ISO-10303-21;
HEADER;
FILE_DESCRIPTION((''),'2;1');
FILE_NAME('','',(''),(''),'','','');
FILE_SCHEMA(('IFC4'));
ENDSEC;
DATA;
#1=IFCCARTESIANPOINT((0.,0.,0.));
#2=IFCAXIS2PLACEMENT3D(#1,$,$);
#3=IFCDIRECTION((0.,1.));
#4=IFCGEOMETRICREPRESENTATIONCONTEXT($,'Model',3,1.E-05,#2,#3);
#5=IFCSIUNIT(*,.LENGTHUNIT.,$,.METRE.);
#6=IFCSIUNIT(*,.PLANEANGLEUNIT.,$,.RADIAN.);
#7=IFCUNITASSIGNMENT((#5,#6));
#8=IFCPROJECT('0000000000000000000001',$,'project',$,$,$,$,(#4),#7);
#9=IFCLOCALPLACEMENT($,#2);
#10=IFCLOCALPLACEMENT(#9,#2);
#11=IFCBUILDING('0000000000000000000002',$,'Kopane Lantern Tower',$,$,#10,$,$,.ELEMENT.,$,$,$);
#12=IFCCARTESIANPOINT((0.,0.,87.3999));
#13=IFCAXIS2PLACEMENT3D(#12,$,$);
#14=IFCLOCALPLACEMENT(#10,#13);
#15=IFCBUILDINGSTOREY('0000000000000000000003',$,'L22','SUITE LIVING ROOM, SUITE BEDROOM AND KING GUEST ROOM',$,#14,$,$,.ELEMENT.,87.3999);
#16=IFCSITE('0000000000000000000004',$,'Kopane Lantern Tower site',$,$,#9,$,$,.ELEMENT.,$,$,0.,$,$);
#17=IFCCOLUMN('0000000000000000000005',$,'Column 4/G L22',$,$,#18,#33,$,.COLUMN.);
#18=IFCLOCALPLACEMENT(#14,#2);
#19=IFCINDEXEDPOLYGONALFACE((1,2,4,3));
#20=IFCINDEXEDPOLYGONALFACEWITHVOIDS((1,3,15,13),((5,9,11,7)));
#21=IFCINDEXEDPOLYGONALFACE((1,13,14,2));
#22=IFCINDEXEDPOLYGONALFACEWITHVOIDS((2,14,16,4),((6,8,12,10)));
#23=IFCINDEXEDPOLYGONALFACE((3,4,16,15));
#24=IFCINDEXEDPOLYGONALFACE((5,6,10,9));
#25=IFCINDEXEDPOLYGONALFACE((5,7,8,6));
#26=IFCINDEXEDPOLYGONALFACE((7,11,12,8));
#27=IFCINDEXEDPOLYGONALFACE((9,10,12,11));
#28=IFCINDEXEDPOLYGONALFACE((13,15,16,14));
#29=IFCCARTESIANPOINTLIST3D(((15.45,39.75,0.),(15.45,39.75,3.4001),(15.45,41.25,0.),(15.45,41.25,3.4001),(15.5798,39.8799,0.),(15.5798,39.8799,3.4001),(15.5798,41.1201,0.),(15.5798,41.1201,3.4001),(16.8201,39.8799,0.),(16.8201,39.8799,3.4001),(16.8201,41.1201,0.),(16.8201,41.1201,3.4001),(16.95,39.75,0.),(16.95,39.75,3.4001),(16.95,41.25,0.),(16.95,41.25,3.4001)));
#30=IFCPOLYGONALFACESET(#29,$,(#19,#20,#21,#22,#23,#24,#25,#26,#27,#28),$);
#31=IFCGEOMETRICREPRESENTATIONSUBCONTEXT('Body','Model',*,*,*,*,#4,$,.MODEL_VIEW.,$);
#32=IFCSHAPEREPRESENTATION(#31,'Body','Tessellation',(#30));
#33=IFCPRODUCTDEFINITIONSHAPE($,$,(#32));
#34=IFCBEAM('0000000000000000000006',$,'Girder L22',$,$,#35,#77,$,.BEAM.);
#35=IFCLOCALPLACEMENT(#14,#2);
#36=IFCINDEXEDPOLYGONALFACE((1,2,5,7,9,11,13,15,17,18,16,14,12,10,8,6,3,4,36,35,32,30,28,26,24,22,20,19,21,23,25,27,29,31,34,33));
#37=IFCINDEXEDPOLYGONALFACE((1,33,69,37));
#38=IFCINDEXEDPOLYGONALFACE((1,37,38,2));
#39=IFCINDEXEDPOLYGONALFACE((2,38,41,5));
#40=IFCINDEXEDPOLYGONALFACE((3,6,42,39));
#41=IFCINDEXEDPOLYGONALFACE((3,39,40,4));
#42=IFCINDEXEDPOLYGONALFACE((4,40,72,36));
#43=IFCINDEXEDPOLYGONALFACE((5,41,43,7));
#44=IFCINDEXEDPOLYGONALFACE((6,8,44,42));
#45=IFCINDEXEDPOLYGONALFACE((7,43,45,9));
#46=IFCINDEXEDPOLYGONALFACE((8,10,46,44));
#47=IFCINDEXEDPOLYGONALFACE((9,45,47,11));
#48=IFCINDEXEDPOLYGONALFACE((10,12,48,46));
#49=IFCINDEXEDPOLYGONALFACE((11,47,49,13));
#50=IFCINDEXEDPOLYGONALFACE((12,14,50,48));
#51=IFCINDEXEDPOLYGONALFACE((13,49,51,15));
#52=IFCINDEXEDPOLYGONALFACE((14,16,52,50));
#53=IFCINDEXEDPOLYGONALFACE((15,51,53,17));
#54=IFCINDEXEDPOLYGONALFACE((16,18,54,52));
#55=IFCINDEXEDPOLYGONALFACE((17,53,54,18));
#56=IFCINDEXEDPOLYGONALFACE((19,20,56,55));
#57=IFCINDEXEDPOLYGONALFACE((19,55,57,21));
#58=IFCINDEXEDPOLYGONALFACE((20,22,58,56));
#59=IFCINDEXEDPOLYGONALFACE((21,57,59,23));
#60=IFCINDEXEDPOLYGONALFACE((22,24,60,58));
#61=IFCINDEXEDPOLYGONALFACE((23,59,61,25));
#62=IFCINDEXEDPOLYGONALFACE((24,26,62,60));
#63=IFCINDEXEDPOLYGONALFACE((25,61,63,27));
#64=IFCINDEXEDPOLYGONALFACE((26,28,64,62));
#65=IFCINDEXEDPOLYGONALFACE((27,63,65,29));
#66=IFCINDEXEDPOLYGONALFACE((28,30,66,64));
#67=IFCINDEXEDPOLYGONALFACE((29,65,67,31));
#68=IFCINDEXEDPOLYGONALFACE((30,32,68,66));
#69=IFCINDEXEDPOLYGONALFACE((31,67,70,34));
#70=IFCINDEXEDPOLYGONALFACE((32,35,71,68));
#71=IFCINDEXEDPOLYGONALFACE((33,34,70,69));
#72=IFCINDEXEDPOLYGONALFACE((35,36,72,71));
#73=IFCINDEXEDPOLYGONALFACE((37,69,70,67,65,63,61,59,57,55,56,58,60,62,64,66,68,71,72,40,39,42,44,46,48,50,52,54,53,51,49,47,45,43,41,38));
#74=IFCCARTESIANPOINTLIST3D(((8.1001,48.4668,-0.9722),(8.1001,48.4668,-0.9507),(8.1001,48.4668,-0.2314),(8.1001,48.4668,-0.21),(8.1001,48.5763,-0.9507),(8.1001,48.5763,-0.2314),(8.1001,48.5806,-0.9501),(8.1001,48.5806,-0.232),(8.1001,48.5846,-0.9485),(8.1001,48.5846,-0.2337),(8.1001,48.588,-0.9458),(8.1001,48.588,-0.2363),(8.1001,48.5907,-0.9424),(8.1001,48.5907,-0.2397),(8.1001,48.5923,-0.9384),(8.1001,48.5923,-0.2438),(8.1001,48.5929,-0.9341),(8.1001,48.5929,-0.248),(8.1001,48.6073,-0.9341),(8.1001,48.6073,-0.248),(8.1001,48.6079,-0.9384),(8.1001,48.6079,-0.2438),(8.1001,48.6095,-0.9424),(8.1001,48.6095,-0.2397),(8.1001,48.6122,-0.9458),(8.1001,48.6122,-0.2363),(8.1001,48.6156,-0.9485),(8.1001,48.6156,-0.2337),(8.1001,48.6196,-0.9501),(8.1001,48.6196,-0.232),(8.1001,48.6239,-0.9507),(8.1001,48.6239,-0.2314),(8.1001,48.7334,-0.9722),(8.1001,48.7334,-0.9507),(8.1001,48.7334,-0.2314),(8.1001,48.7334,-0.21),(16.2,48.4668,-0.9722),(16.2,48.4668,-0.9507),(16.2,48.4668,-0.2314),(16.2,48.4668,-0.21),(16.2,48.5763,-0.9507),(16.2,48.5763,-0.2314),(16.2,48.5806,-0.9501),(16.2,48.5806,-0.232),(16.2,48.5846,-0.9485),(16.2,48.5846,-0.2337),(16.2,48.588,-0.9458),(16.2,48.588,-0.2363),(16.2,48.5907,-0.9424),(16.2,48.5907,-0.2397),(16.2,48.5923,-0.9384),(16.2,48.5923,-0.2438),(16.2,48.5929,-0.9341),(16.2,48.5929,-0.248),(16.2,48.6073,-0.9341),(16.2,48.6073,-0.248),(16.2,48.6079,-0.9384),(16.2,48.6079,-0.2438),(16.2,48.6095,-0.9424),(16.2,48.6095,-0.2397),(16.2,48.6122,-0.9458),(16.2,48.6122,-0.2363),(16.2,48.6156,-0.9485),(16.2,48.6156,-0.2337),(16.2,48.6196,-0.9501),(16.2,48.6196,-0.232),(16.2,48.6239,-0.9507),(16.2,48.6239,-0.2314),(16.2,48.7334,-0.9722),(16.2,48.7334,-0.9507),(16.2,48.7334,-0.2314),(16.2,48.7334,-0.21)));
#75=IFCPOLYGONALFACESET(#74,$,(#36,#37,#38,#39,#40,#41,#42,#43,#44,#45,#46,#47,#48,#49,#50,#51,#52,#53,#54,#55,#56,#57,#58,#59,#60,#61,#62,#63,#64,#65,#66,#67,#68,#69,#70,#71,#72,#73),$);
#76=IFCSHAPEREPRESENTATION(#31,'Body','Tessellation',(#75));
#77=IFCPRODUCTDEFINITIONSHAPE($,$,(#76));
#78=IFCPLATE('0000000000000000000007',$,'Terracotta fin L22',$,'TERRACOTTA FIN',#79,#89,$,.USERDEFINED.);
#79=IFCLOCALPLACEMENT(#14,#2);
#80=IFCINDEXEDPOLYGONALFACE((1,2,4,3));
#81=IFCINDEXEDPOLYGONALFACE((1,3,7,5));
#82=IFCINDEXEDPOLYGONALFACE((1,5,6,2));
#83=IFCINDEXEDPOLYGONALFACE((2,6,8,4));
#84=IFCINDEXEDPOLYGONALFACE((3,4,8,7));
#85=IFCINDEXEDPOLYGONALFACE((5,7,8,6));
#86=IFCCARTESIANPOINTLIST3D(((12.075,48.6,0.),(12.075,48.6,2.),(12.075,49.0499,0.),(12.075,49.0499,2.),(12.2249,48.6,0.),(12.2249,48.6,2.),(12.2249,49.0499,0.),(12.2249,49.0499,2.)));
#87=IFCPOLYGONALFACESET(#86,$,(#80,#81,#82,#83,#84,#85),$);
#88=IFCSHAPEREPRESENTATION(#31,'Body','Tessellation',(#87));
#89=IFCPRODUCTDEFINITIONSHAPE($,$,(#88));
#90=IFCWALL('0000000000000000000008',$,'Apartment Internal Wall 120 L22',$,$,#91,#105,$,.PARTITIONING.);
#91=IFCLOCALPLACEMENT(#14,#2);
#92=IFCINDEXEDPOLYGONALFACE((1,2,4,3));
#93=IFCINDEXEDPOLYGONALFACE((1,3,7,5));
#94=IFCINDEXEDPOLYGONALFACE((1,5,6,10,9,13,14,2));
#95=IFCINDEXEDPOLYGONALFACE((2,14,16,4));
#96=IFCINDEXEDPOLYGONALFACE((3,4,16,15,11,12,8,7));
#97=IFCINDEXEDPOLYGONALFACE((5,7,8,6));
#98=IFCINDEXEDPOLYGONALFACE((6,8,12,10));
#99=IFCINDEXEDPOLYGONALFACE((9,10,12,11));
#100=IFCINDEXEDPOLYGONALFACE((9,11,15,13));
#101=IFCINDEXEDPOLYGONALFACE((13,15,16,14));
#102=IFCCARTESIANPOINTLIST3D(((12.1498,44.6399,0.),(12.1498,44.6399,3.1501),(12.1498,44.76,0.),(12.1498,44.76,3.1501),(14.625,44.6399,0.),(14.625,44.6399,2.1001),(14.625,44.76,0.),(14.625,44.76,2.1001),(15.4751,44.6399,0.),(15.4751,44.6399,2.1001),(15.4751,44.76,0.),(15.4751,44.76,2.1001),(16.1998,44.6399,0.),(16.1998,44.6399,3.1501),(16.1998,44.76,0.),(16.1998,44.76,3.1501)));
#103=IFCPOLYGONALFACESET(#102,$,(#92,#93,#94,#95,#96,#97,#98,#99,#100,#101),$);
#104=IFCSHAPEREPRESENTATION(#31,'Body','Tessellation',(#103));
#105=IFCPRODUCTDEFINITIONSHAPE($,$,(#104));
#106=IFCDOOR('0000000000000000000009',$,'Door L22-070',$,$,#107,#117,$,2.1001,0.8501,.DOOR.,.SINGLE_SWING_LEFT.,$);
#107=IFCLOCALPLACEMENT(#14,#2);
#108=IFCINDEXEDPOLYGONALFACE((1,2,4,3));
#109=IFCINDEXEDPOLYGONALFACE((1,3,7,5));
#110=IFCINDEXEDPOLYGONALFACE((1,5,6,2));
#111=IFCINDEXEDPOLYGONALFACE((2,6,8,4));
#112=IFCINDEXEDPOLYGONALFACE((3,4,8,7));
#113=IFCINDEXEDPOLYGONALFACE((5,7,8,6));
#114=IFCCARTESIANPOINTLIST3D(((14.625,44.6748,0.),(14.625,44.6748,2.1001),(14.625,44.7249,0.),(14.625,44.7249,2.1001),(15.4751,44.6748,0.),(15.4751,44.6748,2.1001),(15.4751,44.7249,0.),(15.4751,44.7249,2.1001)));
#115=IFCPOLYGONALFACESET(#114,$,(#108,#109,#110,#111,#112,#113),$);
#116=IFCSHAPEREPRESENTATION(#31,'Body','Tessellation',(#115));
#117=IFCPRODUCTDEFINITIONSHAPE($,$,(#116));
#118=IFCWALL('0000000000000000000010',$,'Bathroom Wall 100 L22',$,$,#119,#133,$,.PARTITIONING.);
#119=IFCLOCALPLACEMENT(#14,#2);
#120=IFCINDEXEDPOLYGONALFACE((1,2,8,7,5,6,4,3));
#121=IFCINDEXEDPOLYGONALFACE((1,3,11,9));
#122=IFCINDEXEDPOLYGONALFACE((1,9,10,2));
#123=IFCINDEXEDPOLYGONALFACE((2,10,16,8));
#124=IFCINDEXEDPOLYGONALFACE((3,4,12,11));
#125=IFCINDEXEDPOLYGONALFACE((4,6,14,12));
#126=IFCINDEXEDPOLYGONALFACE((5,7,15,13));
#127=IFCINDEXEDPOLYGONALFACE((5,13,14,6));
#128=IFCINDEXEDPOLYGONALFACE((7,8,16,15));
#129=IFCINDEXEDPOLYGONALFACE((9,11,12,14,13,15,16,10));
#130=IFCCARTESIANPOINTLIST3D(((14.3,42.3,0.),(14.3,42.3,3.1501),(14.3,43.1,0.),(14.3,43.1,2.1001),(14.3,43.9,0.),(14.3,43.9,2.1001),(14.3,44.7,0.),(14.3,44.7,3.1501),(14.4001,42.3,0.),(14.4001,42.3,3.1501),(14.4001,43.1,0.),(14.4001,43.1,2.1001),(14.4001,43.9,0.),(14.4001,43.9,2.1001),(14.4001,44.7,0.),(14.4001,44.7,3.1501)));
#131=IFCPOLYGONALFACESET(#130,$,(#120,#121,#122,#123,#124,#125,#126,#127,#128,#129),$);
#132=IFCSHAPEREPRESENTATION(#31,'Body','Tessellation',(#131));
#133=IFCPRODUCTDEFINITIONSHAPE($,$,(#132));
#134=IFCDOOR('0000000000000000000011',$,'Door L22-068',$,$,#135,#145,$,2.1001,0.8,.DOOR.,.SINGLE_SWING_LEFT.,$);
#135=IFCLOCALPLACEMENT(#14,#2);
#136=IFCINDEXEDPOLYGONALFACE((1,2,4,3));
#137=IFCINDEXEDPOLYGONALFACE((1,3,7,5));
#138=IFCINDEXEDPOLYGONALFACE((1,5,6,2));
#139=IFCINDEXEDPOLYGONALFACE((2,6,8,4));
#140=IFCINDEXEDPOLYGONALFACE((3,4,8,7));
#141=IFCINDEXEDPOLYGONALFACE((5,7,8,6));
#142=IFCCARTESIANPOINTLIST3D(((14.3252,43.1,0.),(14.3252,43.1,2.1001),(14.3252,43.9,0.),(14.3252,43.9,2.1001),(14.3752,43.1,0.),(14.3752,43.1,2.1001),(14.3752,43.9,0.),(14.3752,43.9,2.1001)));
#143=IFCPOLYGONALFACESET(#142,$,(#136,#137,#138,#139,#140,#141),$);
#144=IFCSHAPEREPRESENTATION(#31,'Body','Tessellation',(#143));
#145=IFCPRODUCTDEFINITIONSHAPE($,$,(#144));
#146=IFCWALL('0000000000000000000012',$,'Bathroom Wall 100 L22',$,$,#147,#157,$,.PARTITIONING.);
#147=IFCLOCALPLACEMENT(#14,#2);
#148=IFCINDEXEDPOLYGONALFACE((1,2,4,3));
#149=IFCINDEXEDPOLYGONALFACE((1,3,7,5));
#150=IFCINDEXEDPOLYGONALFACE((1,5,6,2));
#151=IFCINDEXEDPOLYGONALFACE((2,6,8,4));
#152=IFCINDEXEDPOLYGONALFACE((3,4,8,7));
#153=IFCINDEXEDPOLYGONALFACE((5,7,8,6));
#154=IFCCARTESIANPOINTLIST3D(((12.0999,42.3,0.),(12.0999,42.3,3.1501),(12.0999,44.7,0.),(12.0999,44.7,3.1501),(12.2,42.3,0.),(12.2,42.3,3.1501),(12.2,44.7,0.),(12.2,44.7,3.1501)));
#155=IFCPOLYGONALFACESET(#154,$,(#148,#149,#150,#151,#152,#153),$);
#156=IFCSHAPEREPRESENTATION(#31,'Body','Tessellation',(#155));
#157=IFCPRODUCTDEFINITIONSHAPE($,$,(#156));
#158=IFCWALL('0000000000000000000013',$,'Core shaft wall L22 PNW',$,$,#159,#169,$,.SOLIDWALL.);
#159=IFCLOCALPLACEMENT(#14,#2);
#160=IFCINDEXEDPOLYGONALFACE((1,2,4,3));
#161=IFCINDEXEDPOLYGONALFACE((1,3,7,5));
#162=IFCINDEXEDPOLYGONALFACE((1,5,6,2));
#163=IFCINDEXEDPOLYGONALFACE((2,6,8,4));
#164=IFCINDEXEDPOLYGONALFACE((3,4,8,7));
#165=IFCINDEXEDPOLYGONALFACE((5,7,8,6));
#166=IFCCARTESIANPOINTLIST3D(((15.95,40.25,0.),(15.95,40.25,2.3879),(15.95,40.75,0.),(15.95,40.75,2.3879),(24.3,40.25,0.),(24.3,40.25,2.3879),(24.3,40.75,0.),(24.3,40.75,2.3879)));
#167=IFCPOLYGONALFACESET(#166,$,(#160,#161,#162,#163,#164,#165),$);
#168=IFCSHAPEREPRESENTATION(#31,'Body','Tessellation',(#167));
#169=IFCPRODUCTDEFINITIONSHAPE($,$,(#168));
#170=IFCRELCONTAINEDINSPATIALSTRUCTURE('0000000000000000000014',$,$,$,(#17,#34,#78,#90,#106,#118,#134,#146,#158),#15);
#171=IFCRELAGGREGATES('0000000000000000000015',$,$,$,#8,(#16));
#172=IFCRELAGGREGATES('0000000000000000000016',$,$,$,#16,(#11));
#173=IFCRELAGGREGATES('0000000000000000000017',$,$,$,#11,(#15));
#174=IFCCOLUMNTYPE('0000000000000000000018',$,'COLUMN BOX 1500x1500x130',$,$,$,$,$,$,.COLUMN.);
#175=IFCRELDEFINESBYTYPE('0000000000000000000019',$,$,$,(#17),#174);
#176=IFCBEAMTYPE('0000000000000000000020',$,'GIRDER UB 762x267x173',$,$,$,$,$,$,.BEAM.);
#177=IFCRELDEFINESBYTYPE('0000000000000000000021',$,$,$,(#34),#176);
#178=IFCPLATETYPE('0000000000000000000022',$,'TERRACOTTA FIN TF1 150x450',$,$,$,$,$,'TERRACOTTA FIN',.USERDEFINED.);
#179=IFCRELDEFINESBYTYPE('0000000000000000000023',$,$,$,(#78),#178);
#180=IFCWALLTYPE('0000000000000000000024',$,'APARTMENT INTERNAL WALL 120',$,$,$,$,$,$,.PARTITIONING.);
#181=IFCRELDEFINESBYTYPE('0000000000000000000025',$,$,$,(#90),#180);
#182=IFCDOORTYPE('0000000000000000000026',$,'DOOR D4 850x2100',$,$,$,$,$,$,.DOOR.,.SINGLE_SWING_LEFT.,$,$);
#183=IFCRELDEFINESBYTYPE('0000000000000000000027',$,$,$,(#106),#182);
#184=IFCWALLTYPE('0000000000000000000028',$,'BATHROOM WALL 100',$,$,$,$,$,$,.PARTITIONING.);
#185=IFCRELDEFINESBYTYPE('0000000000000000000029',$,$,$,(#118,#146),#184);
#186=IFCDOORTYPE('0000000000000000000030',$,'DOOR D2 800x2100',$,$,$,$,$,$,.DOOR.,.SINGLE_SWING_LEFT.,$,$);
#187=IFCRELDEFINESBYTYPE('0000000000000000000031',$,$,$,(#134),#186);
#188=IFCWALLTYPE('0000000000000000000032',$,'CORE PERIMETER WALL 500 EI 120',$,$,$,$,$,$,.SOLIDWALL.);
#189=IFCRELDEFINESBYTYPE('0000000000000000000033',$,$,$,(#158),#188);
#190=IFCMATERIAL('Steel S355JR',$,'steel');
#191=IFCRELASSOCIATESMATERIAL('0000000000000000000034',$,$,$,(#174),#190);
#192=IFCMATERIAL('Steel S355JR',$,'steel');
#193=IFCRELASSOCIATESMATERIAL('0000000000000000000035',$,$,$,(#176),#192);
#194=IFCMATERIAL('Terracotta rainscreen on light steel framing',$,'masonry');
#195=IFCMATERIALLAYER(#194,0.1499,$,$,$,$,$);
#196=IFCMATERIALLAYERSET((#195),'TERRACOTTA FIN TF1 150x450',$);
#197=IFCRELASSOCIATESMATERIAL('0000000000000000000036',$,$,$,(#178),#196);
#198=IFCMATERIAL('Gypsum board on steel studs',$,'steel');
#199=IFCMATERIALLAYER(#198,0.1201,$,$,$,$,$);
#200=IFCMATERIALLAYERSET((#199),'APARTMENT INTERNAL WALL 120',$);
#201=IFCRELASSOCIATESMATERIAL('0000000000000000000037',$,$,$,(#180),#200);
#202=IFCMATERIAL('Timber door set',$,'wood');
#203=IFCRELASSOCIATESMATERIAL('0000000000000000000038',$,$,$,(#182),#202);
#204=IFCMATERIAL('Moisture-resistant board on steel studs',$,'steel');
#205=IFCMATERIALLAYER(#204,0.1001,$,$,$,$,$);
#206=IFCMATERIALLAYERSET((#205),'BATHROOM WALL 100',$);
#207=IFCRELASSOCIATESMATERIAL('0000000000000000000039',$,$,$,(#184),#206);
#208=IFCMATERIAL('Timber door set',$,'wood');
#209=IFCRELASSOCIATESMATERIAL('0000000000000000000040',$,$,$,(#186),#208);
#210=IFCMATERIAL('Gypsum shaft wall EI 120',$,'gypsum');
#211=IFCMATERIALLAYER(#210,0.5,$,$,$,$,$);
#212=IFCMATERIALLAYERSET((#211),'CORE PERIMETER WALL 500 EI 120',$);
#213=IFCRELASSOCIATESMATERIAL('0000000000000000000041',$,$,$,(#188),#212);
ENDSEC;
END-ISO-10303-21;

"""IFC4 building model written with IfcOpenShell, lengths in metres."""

from ifc_helpers import new_model, si_unit, direction, frame, frame_2d, origin, origin_2d, place, context, subcontext, project, spatial, rectangle, hollow_rectangle, i_section, extrude, material, layer, layer_set, material_profile, profile_set, type_object, element, fill, save


model = new_model("IFC4")

# Units and contexts
model_context = context("Model", 3, precision=1e-05, world=origin(), true_north=direction((0.0, 1.0)))
body_context = subcontext(model_context, "Body", "Model", "MODEL_VIEW")
ifc_project = project(units=[si_unit("LENGTHUNIT", "METRE"), si_unit("PLANEANGLEUNIT", "RADIAN")], contexts=[model_context])

# Site, building, storey
site_placement = place(None, origin())
site = spatial("IfcSite", under=ifc_project, at=site_placement, Name="Kopane Lantern Tower site", CompositionType="ELEMENT", RefElevation=0.0)
building_placement = place(site_placement, origin())
building = spatial("IfcBuilding", under=site, at=building_placement, Name="Kopane Lantern Tower", CompositionType="ELEMENT")
storey_placement = place(building_placement, frame((0.0, 0.0, 87.3999)))
storey = spatial("IfcBuildingStorey", under=building, at=storey_placement, Name="L22", Description="SUITE LIVING ROOM, SUITE BEDROOM AND KING GUEST ROOM", CompositionType="ELEMENT", Elevation=87.3999)

# Column
ifc_material_1 = material(Name="Steel S355JR", Category="steel")
ifc_material_profile_1 = material_profile(ifc_material_1, hollow_rectangle(XDim=1.5, YDim=1.5, WallThickness=0.1299, at=origin_2d()), Name="BOX 1500x1500x130")
ifc_profile_set_1 = profile_set([ifc_material_profile_1], Name="Steel S355JR")
column_type = type_object("IfcColumnType", Name="COLUMN BOX 1500x1500x130", PredefinedType="COLUMN", material=ifc_profile_set_1)
column_placement = place(storey_placement, frame((16.2, 40.5, 0.0), z_axis=(0.0, 0.0, 1.0), x_axis=(1.0, 0.0, 0.0)))
element("IfcColumn", 1, at=column_placement, inside=storey, type_object=column_type, Name="Column 4/G L22", PredefinedType="COLUMN", context=body_context, shape_type="SweptSolid", body=[
    extrude(hollow_rectangle(XDim=1.5, YDim=1.5, WallThickness=0.1299, at=origin_2d()), origin(), (0.0, 0.0, 1.0), 3.4001),
])

# Beam
ifc_material_2 = material(Name="Steel S355JR", Category="steel")
ifc_material_profile_2 = material_profile(ifc_material_2, i_section(OverallWidth=0.2666, OverallDepth=0.7622, WebThickness=0.0144, FlangeThickness=0.0215, FilletRadius=0.0166, at=origin_2d()), Name="UB 762x267x173")
ifc_profile_set_2 = profile_set([ifc_material_profile_2], Name="Steel S355JR")
beam_type = type_object("IfcBeamType", Name="GIRDER UB 762x267x173", PredefinedType="BEAM", material=ifc_profile_set_2)
beam_placement = place(storey_placement, frame((8.1001, 48.6001, -0.5911), z_axis=(1.0, 0.0, 0.0), x_axis=(0.0, 1.0, 0.0)))
element("IfcBeam", 2, at=beam_placement, inside=storey, type_object=beam_type, Name="Girder L22", PredefinedType="BEAM", context=body_context, shape_type="SweptSolid", body=[
    extrude(i_section(OverallWidth=0.2666, OverallDepth=0.7622, WebThickness=0.0144, FlangeThickness=0.0215, FilletRadius=0.0166, at=origin_2d()), origin(), (0.0, 0.0, 1.0), 8.0999),
])

# Plate
ifc_material_3 = material(Name="Terracotta rainscreen on light steel framing", Category="masonry")
ifc_layer_1 = layer(ifc_material_3, 0.1499)
ifc_layer_set_1 = layer_set([ifc_layer_1], Name="TERRACOTTA FIN TF1 150x450")
plate_type = type_object("IfcPlateType", Name="TERRACOTTA FIN TF1 150x450", ElementType="TERRACOTTA FIN", PredefinedType="USERDEFINED", material=ifc_layer_set_1)
plate_placement = place(storey_placement, frame((12.1499, 48.825, 0.0), z_axis=(0.0, 0.0, 1.0), x_axis=(-1.0, 0.0, 0.0)))
element("IfcPlate", 3, at=plate_placement, inside=storey, type_object=plate_type, Name="Terracotta fin L22", ObjectType="TERRACOTTA FIN", PredefinedType="USERDEFINED", context=body_context, shape_type="SweptSolid", body=[
    extrude(rectangle(XDim=0.1499, YDim=0.45, at=origin_2d()), origin(), (0.0, 0.0, 1.0), 2.0),
])

# Walls, openings, doors
ifc_material_4 = material(Name="Gypsum board on steel studs", Category="steel")
ifc_layer_2 = layer(ifc_material_4, 0.1201)
ifc_layer_set_2 = layer_set([ifc_layer_2], Name="APARTMENT INTERNAL WALL 120")
wall_type_1 = type_object("IfcWallType", Name="APARTMENT INTERNAL WALL 120", PredefinedType="PARTITIONING", material=ifc_layer_set_2)
wall_1_placement = place(storey_placement, frame((12.1499, 44.7, 0.0), z_axis=(0.0, 0.0, 1.0), x_axis=(1.0, 0.0, 0.0)))
wall_1 = element("IfcWall", 4, at=wall_1_placement, inside=storey, type_object=wall_type_1, Name="Apartment Internal Wall 120 L22", PredefinedType="PARTITIONING", context=body_context, shape_type="SweptSolid", body=[
    extrude(rectangle(XDim=4.05, YDim=0.1201, at=frame_2d((2.0249, 0.0))), origin(), (0.0, 0.0, 1.0), 3.1501),
])
opening_1_placement = place(wall_1_placement, frame((2.4751, 0.0, 0.0)))
opening_1 = element("IfcOpeningElement", 5, at=opening_1_placement, cuts=wall_1, PredefinedType="OPENING", context=body_context, shape_type="SweptSolid", body=[
    extrude(rectangle(XDim=0.8501, YDim=2.1001, at=frame_2d((0.425, 1.05))), frame((0.0, 0.0701, 0.0), z_axis=(0.0, -1.0, 0.0), x_axis=(1.0, 0.0, 0.0)), (0.0, 0.0, 1.0), 0.1401),
])
ifc_material_5 = material(Name="Timber door set", Category="wood")
door_type_1 = type_object("IfcDoorType", Name="DOOR D4 850x2100", OperationType="SINGLE_SWING_LEFT", PredefinedType="DOOR", material=ifc_material_5)
door_1_placement = place(opening_1_placement, origin())
door_1 = element("IfcDoor", 6, at=door_1_placement, inside=storey, type_object=door_type_1, Name="Door L22-070", OperationType="SINGLE_SWING_LEFT", OverallHeight=2.1001, OverallWidth=0.8501, PredefinedType="DOOR", context=body_context, shape_type="SweptSolid", body=[
    extrude(rectangle(XDim=0.8501, YDim=2.1001, at=frame_2d((0.425, 1.05))), frame((0.0, 0.0249, 0.0), z_axis=(0.0, -1.0, 0.0), x_axis=(1.0, 0.0, 0.0)), (0.0, 0.0, 1.0), 0.05),
])
fill(opening_1, door_1)
ifc_material_6 = material(Name="Moisture-resistant board on steel studs", Category="steel")
ifc_layer_3 = layer(ifc_material_6, 0.1001)
ifc_layer_set_3 = layer_set([ifc_layer_3], Name="BATHROOM WALL 100")
wall_type_2 = type_object("IfcWallType", Name="BATHROOM WALL 100", PredefinedType="PARTITIONING", material=ifc_layer_set_3)
wall_2_placement = place(storey_placement, frame((14.3501, 42.3, 0.0), z_axis=(0.0, 0.0, 1.0), x_axis=(0.0, 1.0, 0.0)))
wall_2 = element("IfcWall", 7, at=wall_2_placement, inside=storey, type_object=wall_type_2, Name="Bathroom Wall 100 L22", PredefinedType="PARTITIONING", context=body_context, shape_type="SweptSolid", body=[
    extrude(rectangle(XDim=2.3999, YDim=0.1001, at=frame_2d((1.2, 0.0))), origin(), (0.0, 0.0, 1.0), 3.1501),
])
opening_2_placement = place(wall_2_placement, frame((0.8, 0.0, 0.0)))
opening_2 = element("IfcOpeningElement", 8, at=opening_2_placement, cuts=wall_2, PredefinedType="OPENING", context=body_context, shape_type="SweptSolid", body=[
    extrude(rectangle(XDim=0.8, YDim=2.1001, at=frame_2d((0.3999, 1.05))), frame((0.0, 0.0601, 0.0), z_axis=(0.0, -1.0, 0.0), x_axis=(1.0, 0.0, 0.0)), (0.0, 0.0, 1.0), 0.1201),
])
ifc_material_7 = material(Name="Timber door set", Category="wood")
door_type_2 = type_object("IfcDoorType", Name="DOOR D2 800x2100", OperationType="SINGLE_SWING_LEFT", PredefinedType="DOOR", material=ifc_material_7)
door_2_placement = place(opening_2_placement, origin())
door_2 = element("IfcDoor", 9, at=door_2_placement, inside=storey, type_object=door_type_2, Name="Door L22-068", OperationType="SINGLE_SWING_LEFT", OverallHeight=2.1001, OverallWidth=0.8, PredefinedType="DOOR", context=body_context, shape_type="SweptSolid", body=[
    extrude(rectangle(XDim=0.8, YDim=2.1001, at=frame_2d((0.3999, 1.05))), frame((0.0, 0.0249, 0.0), z_axis=(0.0, -1.0, 0.0), x_axis=(1.0, 0.0, 0.0)), (0.0, 0.0, 1.0), 0.05),
])
fill(opening_2, door_2)

# Walls
wall_3_placement = place(storey_placement, frame((12.1499, 42.3, 0.0), z_axis=(0.0, 0.0, 1.0), x_axis=(0.0, 1.0, 0.0)))
element("IfcWall", 10, at=wall_3_placement, inside=storey, type_object=wall_type_2, Name="Bathroom Wall 100 L22", PredefinedType="PARTITIONING", context=body_context, shape_type="SweptSolid", body=[
    extrude(rectangle(XDim=2.3999, YDim=0.1001, at=frame_2d((1.2, 0.0))), origin(), (0.0, 0.0, 1.0), 3.1501),
])
ifc_material_8 = material(Name="Gypsum shaft wall EI 120", Category="gypsum")
ifc_layer_4 = layer(ifc_material_8, 0.5)
ifc_layer_set_4 = layer_set([ifc_layer_4], Name="CORE PERIMETER WALL 500 EI 120")
wall_type_3 = type_object("IfcWallType", Name="CORE PERIMETER WALL 500 EI 120", PredefinedType="SOLIDWALL", material=ifc_layer_set_4)
wall_4_placement = place(storey_placement, frame((15.95, 40.5, 0.0), z_axis=(0.0, 0.0, 1.0), x_axis=(1.0, 0.0, 0.0)))
element("IfcWall", 11, at=wall_4_placement, inside=storey, type_object=wall_type_3, Name="Core shaft wall L22 PNW", PredefinedType="SOLIDWALL", context=body_context, shape_type="SweptSolid", body=[
    extrude(rectangle(XDim=8.3501, YDim=0.5, at=frame_2d((4.175, 0.0))), origin(), (0.0, 0.0, 1.0), 2.3879),
])

save(model, "model.ifc")
